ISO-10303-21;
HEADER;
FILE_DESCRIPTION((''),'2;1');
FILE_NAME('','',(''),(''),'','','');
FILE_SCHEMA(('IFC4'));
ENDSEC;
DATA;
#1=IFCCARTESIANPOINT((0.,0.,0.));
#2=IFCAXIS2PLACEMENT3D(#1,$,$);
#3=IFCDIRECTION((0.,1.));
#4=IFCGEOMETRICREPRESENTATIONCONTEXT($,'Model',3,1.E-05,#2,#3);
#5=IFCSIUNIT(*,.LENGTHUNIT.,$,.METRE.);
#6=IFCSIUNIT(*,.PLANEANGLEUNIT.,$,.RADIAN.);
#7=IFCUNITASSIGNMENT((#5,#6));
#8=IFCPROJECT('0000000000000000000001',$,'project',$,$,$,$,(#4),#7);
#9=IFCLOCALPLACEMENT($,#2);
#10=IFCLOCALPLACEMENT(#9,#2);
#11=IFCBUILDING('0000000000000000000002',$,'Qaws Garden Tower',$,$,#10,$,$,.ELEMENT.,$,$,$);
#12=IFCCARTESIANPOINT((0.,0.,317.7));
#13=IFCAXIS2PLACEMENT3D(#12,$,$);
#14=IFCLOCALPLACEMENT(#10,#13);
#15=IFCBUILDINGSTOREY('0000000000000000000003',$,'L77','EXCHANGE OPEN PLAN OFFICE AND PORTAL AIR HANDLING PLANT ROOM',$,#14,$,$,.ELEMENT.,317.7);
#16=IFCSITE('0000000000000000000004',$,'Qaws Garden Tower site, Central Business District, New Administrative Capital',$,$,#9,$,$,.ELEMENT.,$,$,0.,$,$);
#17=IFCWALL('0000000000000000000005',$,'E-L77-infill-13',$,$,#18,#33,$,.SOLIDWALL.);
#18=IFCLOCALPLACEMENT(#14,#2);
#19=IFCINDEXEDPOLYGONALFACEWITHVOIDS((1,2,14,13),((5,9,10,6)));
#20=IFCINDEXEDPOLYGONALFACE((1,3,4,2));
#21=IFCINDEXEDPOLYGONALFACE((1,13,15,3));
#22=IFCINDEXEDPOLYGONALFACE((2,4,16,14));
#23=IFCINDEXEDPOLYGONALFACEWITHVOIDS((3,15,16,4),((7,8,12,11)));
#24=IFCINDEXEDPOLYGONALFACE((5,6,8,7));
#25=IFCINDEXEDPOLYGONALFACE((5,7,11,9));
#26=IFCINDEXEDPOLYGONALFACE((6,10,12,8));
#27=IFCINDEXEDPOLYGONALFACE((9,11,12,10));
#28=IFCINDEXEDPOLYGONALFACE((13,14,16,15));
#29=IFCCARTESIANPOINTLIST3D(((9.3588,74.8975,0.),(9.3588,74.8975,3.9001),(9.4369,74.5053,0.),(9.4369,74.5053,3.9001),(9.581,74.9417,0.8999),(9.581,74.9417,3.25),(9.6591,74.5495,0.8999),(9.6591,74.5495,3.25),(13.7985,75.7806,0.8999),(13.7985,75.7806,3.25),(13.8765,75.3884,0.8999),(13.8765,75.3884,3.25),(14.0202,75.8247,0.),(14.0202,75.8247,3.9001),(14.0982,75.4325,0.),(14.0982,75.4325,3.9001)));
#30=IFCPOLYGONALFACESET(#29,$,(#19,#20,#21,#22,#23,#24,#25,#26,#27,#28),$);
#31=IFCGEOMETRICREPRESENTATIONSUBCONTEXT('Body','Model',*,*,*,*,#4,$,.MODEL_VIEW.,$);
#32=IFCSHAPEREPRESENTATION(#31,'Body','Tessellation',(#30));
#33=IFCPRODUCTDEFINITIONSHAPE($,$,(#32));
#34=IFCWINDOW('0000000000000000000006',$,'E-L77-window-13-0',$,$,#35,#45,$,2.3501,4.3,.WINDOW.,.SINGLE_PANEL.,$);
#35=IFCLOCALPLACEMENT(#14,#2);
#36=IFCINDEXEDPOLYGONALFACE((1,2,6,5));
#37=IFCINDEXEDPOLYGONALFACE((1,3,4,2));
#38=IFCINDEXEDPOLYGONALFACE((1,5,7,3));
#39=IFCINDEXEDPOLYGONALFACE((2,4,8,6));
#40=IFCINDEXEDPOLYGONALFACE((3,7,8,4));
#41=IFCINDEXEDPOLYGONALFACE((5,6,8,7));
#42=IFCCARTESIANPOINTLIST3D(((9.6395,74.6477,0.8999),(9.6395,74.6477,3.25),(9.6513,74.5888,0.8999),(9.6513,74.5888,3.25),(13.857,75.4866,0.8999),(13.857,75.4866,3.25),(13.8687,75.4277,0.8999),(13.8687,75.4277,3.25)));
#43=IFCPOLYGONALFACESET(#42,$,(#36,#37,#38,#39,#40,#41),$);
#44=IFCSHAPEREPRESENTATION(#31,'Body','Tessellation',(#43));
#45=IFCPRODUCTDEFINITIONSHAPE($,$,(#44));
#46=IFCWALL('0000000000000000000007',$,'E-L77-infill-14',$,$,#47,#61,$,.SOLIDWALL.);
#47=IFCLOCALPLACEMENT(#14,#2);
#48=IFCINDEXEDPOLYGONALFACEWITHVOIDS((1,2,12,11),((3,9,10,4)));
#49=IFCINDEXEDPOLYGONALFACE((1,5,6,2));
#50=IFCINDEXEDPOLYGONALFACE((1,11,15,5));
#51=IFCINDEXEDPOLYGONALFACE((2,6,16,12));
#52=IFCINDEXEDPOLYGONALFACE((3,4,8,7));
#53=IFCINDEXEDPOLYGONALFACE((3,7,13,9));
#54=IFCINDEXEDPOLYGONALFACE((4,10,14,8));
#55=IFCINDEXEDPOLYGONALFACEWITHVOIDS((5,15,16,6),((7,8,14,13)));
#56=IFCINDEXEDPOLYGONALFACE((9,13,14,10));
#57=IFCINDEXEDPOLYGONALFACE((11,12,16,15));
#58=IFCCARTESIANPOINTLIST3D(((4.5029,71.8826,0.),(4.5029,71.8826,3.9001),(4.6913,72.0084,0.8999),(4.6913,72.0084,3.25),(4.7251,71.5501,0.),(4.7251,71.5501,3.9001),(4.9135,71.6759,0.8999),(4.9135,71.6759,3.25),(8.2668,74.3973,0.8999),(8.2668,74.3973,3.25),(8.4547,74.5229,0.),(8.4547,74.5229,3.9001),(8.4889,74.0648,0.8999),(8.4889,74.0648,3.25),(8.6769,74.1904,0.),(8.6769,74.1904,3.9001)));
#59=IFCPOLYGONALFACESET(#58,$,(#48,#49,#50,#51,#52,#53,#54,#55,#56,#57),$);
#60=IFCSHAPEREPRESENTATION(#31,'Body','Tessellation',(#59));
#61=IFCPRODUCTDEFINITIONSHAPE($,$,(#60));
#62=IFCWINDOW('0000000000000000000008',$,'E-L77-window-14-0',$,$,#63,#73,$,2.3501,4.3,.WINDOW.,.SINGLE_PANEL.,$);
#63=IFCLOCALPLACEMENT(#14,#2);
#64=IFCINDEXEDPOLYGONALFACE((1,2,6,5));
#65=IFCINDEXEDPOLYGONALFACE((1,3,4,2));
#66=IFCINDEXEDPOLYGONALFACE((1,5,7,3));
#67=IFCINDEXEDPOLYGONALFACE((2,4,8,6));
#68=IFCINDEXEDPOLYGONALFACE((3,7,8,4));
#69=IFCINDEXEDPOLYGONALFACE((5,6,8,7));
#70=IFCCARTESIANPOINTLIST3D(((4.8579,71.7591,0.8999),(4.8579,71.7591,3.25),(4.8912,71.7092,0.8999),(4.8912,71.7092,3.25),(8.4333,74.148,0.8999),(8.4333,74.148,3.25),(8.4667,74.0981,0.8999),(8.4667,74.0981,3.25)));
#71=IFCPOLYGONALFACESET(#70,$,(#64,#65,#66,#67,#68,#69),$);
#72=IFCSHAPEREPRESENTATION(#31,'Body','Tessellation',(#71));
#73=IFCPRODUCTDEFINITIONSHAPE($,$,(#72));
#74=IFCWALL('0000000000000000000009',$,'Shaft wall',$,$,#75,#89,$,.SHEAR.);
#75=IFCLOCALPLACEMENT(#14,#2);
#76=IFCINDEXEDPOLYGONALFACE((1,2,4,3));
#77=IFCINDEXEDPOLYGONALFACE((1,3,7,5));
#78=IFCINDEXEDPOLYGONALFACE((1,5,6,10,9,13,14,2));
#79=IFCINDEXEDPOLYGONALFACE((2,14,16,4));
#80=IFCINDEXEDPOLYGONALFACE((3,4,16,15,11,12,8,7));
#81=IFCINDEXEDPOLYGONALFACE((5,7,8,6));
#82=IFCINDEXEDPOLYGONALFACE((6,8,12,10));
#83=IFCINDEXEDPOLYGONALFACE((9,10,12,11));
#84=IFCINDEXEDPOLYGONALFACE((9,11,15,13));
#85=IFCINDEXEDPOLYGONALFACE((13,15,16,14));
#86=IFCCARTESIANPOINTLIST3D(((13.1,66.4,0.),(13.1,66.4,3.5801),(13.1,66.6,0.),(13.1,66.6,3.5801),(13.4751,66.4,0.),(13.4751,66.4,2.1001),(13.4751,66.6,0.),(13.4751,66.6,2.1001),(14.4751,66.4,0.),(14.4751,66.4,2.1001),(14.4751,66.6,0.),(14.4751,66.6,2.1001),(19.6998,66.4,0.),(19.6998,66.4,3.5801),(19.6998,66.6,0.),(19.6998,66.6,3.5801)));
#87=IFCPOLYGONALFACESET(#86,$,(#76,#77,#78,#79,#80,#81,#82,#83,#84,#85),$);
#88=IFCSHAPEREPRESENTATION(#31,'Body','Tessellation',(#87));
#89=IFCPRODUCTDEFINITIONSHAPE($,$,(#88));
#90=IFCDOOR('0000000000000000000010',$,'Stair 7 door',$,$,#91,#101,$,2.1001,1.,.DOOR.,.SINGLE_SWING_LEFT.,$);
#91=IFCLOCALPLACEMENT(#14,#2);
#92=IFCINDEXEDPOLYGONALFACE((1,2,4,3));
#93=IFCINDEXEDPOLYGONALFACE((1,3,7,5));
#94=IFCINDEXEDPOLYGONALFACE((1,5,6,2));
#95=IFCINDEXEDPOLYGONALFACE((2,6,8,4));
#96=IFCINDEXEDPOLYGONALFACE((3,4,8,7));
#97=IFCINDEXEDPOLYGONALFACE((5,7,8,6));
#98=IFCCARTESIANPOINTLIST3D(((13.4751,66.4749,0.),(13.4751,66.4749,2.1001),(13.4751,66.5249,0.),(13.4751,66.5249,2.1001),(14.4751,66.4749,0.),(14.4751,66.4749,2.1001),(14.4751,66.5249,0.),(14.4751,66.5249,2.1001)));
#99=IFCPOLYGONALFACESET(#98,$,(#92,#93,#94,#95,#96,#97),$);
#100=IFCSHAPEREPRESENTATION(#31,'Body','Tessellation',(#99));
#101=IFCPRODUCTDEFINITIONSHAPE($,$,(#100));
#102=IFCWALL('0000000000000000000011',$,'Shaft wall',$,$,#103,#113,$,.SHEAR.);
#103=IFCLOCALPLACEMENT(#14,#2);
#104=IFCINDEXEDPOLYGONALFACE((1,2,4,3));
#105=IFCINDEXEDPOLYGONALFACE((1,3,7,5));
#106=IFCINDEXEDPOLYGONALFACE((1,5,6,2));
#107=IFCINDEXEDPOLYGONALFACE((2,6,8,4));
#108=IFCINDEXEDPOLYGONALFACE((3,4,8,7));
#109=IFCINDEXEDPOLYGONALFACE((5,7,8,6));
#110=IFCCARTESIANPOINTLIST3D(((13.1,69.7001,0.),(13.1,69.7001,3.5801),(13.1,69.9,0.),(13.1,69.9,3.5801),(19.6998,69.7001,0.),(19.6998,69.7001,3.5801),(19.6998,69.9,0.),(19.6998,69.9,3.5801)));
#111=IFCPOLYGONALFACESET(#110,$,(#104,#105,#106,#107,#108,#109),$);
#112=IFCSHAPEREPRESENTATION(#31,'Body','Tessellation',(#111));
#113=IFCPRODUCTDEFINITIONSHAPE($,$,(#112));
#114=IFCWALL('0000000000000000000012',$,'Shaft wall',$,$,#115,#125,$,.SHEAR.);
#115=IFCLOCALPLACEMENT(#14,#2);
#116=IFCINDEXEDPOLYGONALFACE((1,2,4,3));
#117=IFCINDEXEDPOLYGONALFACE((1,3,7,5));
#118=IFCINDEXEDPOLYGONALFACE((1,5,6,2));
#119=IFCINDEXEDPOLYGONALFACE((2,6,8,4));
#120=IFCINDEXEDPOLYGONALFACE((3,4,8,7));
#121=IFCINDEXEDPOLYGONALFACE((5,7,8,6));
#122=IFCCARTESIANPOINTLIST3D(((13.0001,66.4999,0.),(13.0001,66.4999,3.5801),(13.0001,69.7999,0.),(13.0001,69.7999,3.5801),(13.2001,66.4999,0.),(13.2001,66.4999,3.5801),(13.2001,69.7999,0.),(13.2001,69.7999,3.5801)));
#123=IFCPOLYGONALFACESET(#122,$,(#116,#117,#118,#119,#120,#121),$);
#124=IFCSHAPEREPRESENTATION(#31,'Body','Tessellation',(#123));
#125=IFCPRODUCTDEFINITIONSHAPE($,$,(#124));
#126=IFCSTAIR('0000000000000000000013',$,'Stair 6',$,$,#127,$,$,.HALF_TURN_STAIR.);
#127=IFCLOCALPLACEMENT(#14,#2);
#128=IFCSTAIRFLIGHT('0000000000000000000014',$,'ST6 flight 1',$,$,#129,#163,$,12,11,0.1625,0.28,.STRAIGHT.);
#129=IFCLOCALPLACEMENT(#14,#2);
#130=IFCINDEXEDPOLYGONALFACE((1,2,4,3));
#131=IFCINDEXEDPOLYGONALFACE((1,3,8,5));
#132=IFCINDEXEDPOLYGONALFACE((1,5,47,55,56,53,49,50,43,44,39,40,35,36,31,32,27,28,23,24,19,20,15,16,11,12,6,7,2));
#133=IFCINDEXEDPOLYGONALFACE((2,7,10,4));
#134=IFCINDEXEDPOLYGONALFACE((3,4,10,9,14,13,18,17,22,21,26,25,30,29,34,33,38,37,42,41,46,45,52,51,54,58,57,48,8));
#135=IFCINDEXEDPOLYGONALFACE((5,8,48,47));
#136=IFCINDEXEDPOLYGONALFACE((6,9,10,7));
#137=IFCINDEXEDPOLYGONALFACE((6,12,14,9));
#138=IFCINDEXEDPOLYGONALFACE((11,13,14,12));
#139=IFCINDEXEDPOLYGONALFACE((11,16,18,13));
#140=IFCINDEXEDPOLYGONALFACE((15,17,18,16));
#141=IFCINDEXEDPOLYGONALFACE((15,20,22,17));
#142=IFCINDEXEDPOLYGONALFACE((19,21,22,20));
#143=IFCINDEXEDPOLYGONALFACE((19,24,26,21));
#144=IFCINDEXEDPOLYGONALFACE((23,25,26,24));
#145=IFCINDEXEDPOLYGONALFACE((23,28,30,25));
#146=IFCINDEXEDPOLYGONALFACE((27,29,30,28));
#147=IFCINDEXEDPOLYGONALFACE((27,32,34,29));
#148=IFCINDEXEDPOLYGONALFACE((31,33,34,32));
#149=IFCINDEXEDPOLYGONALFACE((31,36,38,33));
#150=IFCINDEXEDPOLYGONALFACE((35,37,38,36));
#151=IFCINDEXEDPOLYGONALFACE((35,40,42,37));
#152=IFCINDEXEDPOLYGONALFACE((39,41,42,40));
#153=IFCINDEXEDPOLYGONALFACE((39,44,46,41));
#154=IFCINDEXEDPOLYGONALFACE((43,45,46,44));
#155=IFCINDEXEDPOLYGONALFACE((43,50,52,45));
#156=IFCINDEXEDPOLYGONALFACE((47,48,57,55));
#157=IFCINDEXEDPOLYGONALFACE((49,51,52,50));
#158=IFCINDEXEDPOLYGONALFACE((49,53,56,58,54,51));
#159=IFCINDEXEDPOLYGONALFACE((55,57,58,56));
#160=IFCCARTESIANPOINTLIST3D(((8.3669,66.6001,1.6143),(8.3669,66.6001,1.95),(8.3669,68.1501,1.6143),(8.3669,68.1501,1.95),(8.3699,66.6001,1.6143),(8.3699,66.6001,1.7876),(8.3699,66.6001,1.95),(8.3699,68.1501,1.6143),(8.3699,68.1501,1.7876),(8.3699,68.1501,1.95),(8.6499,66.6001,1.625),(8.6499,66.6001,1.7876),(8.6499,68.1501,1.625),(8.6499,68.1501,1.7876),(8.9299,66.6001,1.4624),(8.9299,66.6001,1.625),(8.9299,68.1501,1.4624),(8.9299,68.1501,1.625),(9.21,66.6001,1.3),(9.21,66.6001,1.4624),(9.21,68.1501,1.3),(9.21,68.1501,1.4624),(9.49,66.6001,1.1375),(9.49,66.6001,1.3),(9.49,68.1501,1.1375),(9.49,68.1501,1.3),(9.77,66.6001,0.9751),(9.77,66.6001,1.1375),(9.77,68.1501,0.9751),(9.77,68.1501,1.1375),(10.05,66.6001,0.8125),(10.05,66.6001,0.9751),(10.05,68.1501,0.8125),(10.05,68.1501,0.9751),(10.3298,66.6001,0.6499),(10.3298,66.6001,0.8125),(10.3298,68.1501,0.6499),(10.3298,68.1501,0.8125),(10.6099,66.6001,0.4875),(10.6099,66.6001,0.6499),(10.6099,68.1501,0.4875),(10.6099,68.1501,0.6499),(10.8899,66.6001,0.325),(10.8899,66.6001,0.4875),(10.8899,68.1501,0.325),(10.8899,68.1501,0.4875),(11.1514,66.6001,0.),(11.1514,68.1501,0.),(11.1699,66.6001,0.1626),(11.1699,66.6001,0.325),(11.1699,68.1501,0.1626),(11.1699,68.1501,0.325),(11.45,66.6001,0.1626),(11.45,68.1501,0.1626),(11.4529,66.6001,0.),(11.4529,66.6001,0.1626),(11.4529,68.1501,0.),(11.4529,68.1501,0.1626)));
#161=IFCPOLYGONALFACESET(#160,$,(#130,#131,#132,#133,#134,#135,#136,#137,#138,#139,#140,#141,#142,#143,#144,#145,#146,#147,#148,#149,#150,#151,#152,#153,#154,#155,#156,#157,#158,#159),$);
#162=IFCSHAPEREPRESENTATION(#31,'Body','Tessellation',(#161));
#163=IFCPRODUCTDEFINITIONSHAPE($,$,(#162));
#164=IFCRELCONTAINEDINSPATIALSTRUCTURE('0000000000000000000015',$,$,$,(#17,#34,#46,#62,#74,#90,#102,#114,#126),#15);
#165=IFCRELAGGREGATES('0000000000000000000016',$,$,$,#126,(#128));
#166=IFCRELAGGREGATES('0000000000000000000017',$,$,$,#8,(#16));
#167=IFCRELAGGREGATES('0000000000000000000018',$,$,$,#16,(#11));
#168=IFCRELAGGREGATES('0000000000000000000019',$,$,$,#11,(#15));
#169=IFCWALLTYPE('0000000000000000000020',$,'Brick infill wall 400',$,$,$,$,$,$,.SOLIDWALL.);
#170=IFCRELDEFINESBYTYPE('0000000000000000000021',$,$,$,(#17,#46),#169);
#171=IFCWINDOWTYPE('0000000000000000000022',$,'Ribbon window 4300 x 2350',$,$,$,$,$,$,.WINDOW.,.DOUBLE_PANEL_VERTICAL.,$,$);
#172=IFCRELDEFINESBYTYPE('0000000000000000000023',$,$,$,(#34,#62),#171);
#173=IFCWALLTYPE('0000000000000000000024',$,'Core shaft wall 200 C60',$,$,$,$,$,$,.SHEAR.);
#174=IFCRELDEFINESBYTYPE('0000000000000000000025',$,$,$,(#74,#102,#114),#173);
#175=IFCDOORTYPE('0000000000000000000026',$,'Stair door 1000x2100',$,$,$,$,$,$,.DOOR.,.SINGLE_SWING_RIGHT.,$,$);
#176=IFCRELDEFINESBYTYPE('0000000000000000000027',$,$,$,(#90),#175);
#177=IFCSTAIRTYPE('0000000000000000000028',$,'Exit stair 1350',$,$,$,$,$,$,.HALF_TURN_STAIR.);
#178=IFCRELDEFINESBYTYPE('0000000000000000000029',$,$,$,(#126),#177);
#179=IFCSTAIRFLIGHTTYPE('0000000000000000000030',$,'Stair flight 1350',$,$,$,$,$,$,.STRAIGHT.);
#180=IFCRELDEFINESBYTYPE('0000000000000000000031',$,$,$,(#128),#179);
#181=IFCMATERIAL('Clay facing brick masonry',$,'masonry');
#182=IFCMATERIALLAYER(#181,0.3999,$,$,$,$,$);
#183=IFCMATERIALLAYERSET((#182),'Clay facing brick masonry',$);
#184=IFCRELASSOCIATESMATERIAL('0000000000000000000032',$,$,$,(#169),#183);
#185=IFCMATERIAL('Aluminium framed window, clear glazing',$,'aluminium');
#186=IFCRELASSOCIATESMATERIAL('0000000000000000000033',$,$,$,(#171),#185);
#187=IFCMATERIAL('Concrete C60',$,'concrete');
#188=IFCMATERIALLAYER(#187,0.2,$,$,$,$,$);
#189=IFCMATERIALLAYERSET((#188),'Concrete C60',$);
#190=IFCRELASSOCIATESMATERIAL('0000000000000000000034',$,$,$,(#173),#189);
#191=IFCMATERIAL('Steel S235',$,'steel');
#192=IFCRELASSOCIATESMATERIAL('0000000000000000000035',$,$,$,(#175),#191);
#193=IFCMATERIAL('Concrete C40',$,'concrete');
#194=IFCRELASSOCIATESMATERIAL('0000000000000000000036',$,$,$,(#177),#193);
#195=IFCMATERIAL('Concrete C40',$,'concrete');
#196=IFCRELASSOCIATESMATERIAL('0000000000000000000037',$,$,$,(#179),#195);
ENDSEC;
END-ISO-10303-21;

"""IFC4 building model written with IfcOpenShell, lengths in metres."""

from ifc_helpers import new_model, si_unit, direction, frame, frame_2d, origin, place, context, subcontext, project, spatial, polyline, rectangle, outline, extrude, material, layer, layer_set, type_object, element, fill, aggregate, save


model = new_model("IFC4")

# Units and contexts
model_context = context("Model", 3, precision=1e-05, world=origin(), true_north=direction((0.0, 1.0)))
body_context = subcontext(model_context, "Body", "Model", "MODEL_VIEW")
ifc_project = project(units=[si_unit("LENGTHUNIT", "METRE"), si_unit("PLANEANGLEUNIT", "RADIAN")], contexts=[model_context])

# Site, building, storey
site_placement = place(None, origin())
site = spatial("IfcSite", under=ifc_project, at=site_placement, Name="Qaws Garden Tower site, Central Business District, New Administrative Capital", CompositionType="ELEMENT", RefElevation=0.0)
building_placement = place(site_placement, origin())
building = spatial("IfcBuilding", under=site, at=building_placement, Name="Qaws Garden Tower", CompositionType="ELEMENT")
storey_placement = place(building_placement, frame((0.0, 0.0, 317.7)))
storey = spatial("IfcBuildingStorey", under=building, at=storey_placement, Name="L77", Description="EXCHANGE OPEN PLAN OFFICE AND PORTAL AIR HANDLING PLANT ROOM", CompositionType="ELEMENT", Elevation=317.7)

# Shared definitions
placement = place(storey_placement, origin())

# Walls, openings, windows
ifc_material_1 = material(Name="Clay facing brick masonry", Category="masonry")
ifc_layer_1 = layer(ifc_material_1, 0.3999)
ifc_layer_set_1 = layer_set([ifc_layer_1], Name="Clay facing brick masonry")
wall_type_1 = type_object("IfcWallType", Name="Brick infill wall 400", PredefinedType="SOLIDWALL", material=ifc_layer_set_1)
wall_1_placement = place(storey_placement, frame((14.0593, 75.6287, 0.0), z_axis=(0.0, 0.0, 1.0), x_axis=(-0.980784, -0.195099, 0.0)))
wall_1 = element("IfcWall", 1, at=wall_1_placement, inside=storey, type_object=wall_type_1, Name="E-L77-infill-13", PredefinedType="SOLIDWALL", context=body_context, shape_type="SweptSolid", body=[
    extrude(rectangle(XDim=4.7527, YDim=0.3999, at=frame_2d((2.3765, 0.0))), origin(), (0.0, 0.0, 1.0), 3.9001),
])
opening_1_placement = place(wall_1_placement, frame((0.2263, 0.0, 0.8999)))
opening_1 = element("IfcOpeningElement", 2, at=opening_1_placement, cuts=wall_1, PredefinedType="OPENING", context=body_context, shape_type="SweptSolid", body=[
    extrude(rectangle(XDim=4.3, YDim=2.3501, at=frame_2d((2.1499, 1.175))), frame((0.0, 0.21, 0.0), z_axis=(0.0, -1.0, 0.0), x_axis=(1.0, 0.0, 0.0)), (0.0, 0.0, 1.0), 0.4199),
])
ifc_material_2 = material(Name="Aluminium framed window, clear glazing", Category="aluminium")
window_type = type_object("IfcWindowType", Name="Ribbon window 4300 x 2350", PartitioningType="DOUBLE_PANEL_VERTICAL", PredefinedType="WINDOW", material=ifc_material_2)
window_1_placement = place(opening_1_placement, origin())
window_1 = element("IfcWindow", 3, at=window_1_placement, inside=storey, type_object=window_type, Name="E-L77-window-13-0", OverallHeight=2.3501, OverallWidth=4.3, PartitioningType="SINGLE_PANEL", PredefinedType="WINDOW", context=body_context, shape_type="SweptSolid", body=[
    extrude(rectangle(XDim=4.3, YDim=2.3501, at=frame_2d((2.1499, 1.175))), frame((0.0, 0.1599, 0.0), z_axis=(0.0, -1.0, 0.0), x_axis=(1.0, 0.0, 0.0)), (0.0, 0.0, 1.0), 0.0601),
])
fill(opening_1, window_1)
wall_2_placement = place(storey_placement, frame((8.5659, 74.3567, 0.0), z_axis=(0.0, 0.0, 1.0), x_axis=(-0.831489, -0.555542, 0.0)))
wall_2 = element("IfcWall", 4, at=wall_2_placement, inside=storey, type_object=wall_type_1, Name="E-L77-infill-14", PredefinedType="SOLIDWALL", context=body_context, shape_type="SweptSolid", body=[
    extrude(rectangle(XDim=4.7527, YDim=0.3999, at=frame_2d((2.3765, 0.0))), origin(), (0.0, 0.0, 1.0), 3.9001),
])
opening_2_placement = place(wall_2_placement, frame((0.2263, 0.0, 0.8999)))
opening_2 = element("IfcOpeningElement", 5, at=opening_2_placement, cuts=wall_2, PredefinedType="OPENING", context=body_context, shape_type="SweptSolid", body=[
    extrude(rectangle(XDim=4.3, YDim=2.3501, at=frame_2d((2.1499, 1.175))), frame((0.0, 0.21, 0.0), z_axis=(0.0, -1.0, 0.0), x_axis=(1.0, 0.0, 0.0)), (0.0, 0.0, 1.0), 0.4199),
])
window_2_placement = place(opening_2_placement, origin())
window_2 = element("IfcWindow", 6, at=window_2_placement, inside=storey, type_object=window_type, Name="E-L77-window-14-0", OverallHeight=2.3501, OverallWidth=4.3, PartitioningType="SINGLE_PANEL", PredefinedType="WINDOW", context=body_context, shape_type="SweptSolid", body=[
    extrude(rectangle(XDim=4.3, YDim=2.3501, at=frame_2d((2.1499, 1.175))), frame((0.0, 0.1599, 0.0), z_axis=(0.0, -1.0, 0.0), x_axis=(1.0, 0.0, 0.0)), (0.0, 0.0, 1.0), 0.0601),
])
fill(opening_2, window_2)

# Wall, opening, door
ifc_material_3 = material(Name="Concrete C60", Category="concrete")
ifc_layer_2 = layer(ifc_material_3, 0.2)
ifc_layer_set_2 = layer_set([ifc_layer_2], Name="Concrete C60")
wall_type_2 = type_object("IfcWallType", Name="Core shaft wall 200 C60", PredefinedType="SHEAR", material=ifc_layer_set_2)
wall_3_placement = place(storey_placement, frame((13.1001, 66.5, 0.0), z_axis=(0.0, 0.0, 1.0), x_axis=(1.0, 0.0, 0.0)))
wall_3 = element("IfcWall", 7, at=wall_3_placement, inside=storey, type_object=wall_type_2, Name="Shaft wall", PredefinedType="SHEAR", context=body_context, shape_type="SweptSolid", body=[
    extrude(rectangle(XDim=6.5999, YDim=0.2, at=frame_2d((3.2998, 0.0))), origin(), (0.0, 0.0, 1.0), 3.5801),
])
opening_3_placement = place(wall_3_placement, frame((0.375, 0.0, 0.0)))
opening_3 = element("IfcOpeningElement", 8, at=opening_3_placement, cuts=wall_3, PredefinedType="OPENING", context=body_context, shape_type="SweptSolid", body=[
    extrude(rectangle(XDim=1.0, YDim=2.1001, at=frame_2d((0.5, 1.05))), frame((0.0, 0.1099, 0.0), z_axis=(0.0, -1.0, 0.0), x_axis=(1.0, 0.0, 0.0)), (0.0, 0.0, 1.0), 0.22),
])
ifc_material_4 = material(Name="Steel S235", Category="steel")
door_type = type_object("IfcDoorType", Name="Stair door 1000x2100", OperationType="SINGLE_SWING_RIGHT", PredefinedType="DOOR", material=ifc_material_4)
door_placement = place(opening_3_placement, origin())
door = element("IfcDoor", 9, at=door_placement, inside=storey, type_object=door_type, Name="Stair 7 door", OperationType="SINGLE_SWING_LEFT", OverallHeight=2.1001, OverallWidth=1.0, PredefinedType="DOOR", context=body_context, shape_type="SweptSolid", body=[
    extrude(rectangle(XDim=1.0, YDim=2.1001, at=frame_2d((0.5, 1.05))), frame((0.0, 0.0249, 0.0), z_axis=(0.0, -1.0, 0.0), x_axis=(1.0, 0.0, 0.0)), (0.0, 0.0, 1.0), 0.05),
])
fill(opening_3, door)

# Walls
wall_4_placement = place(storey_placement, frame((13.1001, 69.8, 0.0), z_axis=(0.0, 0.0, 1.0), x_axis=(1.0, 0.0, 0.0)))
element("IfcWall", 10, at=wall_4_placement, inside=storey, type_object=wall_type_2, Name="Shaft wall", PredefinedType="SHEAR", context=body_context, shape_type="SweptSolid", body=[
    extrude(rectangle(XDim=6.5999, YDim=0.2, at=frame_2d((3.2998, 0.0))), origin(), (0.0, 0.0, 1.0), 3.5801),
])
wall_5_placement = place(storey_placement, frame((13.1001, 66.5, 0.0), z_axis=(0.0, 0.0, 1.0), x_axis=(0.0, 1.0, 0.0)))
element("IfcWall", 11, at=wall_5_placement, inside=storey, type_object=wall_type_2, Name="Shaft wall", PredefinedType="SHEAR", context=body_context, shape_type="SweptSolid", body=[
    extrude(rectangle(XDim=3.3, YDim=0.2, at=frame_2d((1.6499, 0.0))), origin(), (0.0, 0.0, 1.0), 3.5801),
])

# Stair, stair flight
ifc_material_5 = material(Name="Concrete C40", Category="concrete")
stair_type = type_object("IfcStairType", Name="Exit stair 1350", PredefinedType="HALF_TURN_STAIR", material=ifc_material_5)
stair_1 = element("IfcStair", 12, at=placement, inside=storey, type_object=stair_type, Name="Stair 6", PredefinedType="HALF_TURN_STAIR")
ifc_material_6 = material(Name="Concrete C40", Category="concrete")
stair_flight_type = type_object("IfcStairFlightType", Name="Stair flight 1350", PredefinedType="STRAIGHT", material=ifc_material_6)
stair_flight_1_placement = place(storey_placement, frame((11.45, 67.375, 0.0), z_axis=(0.0, 0.0, 1.0), x_axis=(-1.0, 0.0, 0.0)))
stair_flight_1 = element("IfcStairFlight", 13, at=stair_flight_1_placement, type_object=stair_flight_type, Name="ST6 flight 1", NumberOfRisers=12, NumberOfTreads=11, PredefinedType="STRAIGHT", RiserHeight=0.1625, TreadLength=0.28, context=body_context, shape_type="SweptSolid", body=[
    extrude(outline(polyline([(-0.0029, 0.0), (-0.0029, 0.1626), (0.0, 0.1626), (0.28, 0.1626), (0.28, 0.325), (0.5601, 0.325), (0.5601, 0.4875), (0.8401, 0.4875), (0.8401, 0.6499), (1.1201, 0.6499), (1.1201, 0.8125), (1.3999, 0.8125), (1.3999, 0.9751), (1.6799, 0.9751), (1.6799, 1.1375), (1.96, 1.1375), (1.96, 1.3), (2.24, 1.3), (2.24, 1.4624), (2.52, 1.4624), (2.52, 1.625), (2.8, 1.625), (2.8, 1.7876), (3.0801, 1.7876), (3.0801, 1.95), (3.083, 1.95), (3.083, 1.6143), (3.0801, 1.6143), (0.2986, 0.0), (-0.0029, 0.0)])), frame((0.0, 0.7749, 0.0), z_axis=(0.0, -1.0, 0.0), x_axis=(1.0, 0.0, 0.0)), (0.0, 0.0, 1.0), 1.55),
])
aggregate(stair_1, [stair_flight_1])

save(model, "model.ifc")
